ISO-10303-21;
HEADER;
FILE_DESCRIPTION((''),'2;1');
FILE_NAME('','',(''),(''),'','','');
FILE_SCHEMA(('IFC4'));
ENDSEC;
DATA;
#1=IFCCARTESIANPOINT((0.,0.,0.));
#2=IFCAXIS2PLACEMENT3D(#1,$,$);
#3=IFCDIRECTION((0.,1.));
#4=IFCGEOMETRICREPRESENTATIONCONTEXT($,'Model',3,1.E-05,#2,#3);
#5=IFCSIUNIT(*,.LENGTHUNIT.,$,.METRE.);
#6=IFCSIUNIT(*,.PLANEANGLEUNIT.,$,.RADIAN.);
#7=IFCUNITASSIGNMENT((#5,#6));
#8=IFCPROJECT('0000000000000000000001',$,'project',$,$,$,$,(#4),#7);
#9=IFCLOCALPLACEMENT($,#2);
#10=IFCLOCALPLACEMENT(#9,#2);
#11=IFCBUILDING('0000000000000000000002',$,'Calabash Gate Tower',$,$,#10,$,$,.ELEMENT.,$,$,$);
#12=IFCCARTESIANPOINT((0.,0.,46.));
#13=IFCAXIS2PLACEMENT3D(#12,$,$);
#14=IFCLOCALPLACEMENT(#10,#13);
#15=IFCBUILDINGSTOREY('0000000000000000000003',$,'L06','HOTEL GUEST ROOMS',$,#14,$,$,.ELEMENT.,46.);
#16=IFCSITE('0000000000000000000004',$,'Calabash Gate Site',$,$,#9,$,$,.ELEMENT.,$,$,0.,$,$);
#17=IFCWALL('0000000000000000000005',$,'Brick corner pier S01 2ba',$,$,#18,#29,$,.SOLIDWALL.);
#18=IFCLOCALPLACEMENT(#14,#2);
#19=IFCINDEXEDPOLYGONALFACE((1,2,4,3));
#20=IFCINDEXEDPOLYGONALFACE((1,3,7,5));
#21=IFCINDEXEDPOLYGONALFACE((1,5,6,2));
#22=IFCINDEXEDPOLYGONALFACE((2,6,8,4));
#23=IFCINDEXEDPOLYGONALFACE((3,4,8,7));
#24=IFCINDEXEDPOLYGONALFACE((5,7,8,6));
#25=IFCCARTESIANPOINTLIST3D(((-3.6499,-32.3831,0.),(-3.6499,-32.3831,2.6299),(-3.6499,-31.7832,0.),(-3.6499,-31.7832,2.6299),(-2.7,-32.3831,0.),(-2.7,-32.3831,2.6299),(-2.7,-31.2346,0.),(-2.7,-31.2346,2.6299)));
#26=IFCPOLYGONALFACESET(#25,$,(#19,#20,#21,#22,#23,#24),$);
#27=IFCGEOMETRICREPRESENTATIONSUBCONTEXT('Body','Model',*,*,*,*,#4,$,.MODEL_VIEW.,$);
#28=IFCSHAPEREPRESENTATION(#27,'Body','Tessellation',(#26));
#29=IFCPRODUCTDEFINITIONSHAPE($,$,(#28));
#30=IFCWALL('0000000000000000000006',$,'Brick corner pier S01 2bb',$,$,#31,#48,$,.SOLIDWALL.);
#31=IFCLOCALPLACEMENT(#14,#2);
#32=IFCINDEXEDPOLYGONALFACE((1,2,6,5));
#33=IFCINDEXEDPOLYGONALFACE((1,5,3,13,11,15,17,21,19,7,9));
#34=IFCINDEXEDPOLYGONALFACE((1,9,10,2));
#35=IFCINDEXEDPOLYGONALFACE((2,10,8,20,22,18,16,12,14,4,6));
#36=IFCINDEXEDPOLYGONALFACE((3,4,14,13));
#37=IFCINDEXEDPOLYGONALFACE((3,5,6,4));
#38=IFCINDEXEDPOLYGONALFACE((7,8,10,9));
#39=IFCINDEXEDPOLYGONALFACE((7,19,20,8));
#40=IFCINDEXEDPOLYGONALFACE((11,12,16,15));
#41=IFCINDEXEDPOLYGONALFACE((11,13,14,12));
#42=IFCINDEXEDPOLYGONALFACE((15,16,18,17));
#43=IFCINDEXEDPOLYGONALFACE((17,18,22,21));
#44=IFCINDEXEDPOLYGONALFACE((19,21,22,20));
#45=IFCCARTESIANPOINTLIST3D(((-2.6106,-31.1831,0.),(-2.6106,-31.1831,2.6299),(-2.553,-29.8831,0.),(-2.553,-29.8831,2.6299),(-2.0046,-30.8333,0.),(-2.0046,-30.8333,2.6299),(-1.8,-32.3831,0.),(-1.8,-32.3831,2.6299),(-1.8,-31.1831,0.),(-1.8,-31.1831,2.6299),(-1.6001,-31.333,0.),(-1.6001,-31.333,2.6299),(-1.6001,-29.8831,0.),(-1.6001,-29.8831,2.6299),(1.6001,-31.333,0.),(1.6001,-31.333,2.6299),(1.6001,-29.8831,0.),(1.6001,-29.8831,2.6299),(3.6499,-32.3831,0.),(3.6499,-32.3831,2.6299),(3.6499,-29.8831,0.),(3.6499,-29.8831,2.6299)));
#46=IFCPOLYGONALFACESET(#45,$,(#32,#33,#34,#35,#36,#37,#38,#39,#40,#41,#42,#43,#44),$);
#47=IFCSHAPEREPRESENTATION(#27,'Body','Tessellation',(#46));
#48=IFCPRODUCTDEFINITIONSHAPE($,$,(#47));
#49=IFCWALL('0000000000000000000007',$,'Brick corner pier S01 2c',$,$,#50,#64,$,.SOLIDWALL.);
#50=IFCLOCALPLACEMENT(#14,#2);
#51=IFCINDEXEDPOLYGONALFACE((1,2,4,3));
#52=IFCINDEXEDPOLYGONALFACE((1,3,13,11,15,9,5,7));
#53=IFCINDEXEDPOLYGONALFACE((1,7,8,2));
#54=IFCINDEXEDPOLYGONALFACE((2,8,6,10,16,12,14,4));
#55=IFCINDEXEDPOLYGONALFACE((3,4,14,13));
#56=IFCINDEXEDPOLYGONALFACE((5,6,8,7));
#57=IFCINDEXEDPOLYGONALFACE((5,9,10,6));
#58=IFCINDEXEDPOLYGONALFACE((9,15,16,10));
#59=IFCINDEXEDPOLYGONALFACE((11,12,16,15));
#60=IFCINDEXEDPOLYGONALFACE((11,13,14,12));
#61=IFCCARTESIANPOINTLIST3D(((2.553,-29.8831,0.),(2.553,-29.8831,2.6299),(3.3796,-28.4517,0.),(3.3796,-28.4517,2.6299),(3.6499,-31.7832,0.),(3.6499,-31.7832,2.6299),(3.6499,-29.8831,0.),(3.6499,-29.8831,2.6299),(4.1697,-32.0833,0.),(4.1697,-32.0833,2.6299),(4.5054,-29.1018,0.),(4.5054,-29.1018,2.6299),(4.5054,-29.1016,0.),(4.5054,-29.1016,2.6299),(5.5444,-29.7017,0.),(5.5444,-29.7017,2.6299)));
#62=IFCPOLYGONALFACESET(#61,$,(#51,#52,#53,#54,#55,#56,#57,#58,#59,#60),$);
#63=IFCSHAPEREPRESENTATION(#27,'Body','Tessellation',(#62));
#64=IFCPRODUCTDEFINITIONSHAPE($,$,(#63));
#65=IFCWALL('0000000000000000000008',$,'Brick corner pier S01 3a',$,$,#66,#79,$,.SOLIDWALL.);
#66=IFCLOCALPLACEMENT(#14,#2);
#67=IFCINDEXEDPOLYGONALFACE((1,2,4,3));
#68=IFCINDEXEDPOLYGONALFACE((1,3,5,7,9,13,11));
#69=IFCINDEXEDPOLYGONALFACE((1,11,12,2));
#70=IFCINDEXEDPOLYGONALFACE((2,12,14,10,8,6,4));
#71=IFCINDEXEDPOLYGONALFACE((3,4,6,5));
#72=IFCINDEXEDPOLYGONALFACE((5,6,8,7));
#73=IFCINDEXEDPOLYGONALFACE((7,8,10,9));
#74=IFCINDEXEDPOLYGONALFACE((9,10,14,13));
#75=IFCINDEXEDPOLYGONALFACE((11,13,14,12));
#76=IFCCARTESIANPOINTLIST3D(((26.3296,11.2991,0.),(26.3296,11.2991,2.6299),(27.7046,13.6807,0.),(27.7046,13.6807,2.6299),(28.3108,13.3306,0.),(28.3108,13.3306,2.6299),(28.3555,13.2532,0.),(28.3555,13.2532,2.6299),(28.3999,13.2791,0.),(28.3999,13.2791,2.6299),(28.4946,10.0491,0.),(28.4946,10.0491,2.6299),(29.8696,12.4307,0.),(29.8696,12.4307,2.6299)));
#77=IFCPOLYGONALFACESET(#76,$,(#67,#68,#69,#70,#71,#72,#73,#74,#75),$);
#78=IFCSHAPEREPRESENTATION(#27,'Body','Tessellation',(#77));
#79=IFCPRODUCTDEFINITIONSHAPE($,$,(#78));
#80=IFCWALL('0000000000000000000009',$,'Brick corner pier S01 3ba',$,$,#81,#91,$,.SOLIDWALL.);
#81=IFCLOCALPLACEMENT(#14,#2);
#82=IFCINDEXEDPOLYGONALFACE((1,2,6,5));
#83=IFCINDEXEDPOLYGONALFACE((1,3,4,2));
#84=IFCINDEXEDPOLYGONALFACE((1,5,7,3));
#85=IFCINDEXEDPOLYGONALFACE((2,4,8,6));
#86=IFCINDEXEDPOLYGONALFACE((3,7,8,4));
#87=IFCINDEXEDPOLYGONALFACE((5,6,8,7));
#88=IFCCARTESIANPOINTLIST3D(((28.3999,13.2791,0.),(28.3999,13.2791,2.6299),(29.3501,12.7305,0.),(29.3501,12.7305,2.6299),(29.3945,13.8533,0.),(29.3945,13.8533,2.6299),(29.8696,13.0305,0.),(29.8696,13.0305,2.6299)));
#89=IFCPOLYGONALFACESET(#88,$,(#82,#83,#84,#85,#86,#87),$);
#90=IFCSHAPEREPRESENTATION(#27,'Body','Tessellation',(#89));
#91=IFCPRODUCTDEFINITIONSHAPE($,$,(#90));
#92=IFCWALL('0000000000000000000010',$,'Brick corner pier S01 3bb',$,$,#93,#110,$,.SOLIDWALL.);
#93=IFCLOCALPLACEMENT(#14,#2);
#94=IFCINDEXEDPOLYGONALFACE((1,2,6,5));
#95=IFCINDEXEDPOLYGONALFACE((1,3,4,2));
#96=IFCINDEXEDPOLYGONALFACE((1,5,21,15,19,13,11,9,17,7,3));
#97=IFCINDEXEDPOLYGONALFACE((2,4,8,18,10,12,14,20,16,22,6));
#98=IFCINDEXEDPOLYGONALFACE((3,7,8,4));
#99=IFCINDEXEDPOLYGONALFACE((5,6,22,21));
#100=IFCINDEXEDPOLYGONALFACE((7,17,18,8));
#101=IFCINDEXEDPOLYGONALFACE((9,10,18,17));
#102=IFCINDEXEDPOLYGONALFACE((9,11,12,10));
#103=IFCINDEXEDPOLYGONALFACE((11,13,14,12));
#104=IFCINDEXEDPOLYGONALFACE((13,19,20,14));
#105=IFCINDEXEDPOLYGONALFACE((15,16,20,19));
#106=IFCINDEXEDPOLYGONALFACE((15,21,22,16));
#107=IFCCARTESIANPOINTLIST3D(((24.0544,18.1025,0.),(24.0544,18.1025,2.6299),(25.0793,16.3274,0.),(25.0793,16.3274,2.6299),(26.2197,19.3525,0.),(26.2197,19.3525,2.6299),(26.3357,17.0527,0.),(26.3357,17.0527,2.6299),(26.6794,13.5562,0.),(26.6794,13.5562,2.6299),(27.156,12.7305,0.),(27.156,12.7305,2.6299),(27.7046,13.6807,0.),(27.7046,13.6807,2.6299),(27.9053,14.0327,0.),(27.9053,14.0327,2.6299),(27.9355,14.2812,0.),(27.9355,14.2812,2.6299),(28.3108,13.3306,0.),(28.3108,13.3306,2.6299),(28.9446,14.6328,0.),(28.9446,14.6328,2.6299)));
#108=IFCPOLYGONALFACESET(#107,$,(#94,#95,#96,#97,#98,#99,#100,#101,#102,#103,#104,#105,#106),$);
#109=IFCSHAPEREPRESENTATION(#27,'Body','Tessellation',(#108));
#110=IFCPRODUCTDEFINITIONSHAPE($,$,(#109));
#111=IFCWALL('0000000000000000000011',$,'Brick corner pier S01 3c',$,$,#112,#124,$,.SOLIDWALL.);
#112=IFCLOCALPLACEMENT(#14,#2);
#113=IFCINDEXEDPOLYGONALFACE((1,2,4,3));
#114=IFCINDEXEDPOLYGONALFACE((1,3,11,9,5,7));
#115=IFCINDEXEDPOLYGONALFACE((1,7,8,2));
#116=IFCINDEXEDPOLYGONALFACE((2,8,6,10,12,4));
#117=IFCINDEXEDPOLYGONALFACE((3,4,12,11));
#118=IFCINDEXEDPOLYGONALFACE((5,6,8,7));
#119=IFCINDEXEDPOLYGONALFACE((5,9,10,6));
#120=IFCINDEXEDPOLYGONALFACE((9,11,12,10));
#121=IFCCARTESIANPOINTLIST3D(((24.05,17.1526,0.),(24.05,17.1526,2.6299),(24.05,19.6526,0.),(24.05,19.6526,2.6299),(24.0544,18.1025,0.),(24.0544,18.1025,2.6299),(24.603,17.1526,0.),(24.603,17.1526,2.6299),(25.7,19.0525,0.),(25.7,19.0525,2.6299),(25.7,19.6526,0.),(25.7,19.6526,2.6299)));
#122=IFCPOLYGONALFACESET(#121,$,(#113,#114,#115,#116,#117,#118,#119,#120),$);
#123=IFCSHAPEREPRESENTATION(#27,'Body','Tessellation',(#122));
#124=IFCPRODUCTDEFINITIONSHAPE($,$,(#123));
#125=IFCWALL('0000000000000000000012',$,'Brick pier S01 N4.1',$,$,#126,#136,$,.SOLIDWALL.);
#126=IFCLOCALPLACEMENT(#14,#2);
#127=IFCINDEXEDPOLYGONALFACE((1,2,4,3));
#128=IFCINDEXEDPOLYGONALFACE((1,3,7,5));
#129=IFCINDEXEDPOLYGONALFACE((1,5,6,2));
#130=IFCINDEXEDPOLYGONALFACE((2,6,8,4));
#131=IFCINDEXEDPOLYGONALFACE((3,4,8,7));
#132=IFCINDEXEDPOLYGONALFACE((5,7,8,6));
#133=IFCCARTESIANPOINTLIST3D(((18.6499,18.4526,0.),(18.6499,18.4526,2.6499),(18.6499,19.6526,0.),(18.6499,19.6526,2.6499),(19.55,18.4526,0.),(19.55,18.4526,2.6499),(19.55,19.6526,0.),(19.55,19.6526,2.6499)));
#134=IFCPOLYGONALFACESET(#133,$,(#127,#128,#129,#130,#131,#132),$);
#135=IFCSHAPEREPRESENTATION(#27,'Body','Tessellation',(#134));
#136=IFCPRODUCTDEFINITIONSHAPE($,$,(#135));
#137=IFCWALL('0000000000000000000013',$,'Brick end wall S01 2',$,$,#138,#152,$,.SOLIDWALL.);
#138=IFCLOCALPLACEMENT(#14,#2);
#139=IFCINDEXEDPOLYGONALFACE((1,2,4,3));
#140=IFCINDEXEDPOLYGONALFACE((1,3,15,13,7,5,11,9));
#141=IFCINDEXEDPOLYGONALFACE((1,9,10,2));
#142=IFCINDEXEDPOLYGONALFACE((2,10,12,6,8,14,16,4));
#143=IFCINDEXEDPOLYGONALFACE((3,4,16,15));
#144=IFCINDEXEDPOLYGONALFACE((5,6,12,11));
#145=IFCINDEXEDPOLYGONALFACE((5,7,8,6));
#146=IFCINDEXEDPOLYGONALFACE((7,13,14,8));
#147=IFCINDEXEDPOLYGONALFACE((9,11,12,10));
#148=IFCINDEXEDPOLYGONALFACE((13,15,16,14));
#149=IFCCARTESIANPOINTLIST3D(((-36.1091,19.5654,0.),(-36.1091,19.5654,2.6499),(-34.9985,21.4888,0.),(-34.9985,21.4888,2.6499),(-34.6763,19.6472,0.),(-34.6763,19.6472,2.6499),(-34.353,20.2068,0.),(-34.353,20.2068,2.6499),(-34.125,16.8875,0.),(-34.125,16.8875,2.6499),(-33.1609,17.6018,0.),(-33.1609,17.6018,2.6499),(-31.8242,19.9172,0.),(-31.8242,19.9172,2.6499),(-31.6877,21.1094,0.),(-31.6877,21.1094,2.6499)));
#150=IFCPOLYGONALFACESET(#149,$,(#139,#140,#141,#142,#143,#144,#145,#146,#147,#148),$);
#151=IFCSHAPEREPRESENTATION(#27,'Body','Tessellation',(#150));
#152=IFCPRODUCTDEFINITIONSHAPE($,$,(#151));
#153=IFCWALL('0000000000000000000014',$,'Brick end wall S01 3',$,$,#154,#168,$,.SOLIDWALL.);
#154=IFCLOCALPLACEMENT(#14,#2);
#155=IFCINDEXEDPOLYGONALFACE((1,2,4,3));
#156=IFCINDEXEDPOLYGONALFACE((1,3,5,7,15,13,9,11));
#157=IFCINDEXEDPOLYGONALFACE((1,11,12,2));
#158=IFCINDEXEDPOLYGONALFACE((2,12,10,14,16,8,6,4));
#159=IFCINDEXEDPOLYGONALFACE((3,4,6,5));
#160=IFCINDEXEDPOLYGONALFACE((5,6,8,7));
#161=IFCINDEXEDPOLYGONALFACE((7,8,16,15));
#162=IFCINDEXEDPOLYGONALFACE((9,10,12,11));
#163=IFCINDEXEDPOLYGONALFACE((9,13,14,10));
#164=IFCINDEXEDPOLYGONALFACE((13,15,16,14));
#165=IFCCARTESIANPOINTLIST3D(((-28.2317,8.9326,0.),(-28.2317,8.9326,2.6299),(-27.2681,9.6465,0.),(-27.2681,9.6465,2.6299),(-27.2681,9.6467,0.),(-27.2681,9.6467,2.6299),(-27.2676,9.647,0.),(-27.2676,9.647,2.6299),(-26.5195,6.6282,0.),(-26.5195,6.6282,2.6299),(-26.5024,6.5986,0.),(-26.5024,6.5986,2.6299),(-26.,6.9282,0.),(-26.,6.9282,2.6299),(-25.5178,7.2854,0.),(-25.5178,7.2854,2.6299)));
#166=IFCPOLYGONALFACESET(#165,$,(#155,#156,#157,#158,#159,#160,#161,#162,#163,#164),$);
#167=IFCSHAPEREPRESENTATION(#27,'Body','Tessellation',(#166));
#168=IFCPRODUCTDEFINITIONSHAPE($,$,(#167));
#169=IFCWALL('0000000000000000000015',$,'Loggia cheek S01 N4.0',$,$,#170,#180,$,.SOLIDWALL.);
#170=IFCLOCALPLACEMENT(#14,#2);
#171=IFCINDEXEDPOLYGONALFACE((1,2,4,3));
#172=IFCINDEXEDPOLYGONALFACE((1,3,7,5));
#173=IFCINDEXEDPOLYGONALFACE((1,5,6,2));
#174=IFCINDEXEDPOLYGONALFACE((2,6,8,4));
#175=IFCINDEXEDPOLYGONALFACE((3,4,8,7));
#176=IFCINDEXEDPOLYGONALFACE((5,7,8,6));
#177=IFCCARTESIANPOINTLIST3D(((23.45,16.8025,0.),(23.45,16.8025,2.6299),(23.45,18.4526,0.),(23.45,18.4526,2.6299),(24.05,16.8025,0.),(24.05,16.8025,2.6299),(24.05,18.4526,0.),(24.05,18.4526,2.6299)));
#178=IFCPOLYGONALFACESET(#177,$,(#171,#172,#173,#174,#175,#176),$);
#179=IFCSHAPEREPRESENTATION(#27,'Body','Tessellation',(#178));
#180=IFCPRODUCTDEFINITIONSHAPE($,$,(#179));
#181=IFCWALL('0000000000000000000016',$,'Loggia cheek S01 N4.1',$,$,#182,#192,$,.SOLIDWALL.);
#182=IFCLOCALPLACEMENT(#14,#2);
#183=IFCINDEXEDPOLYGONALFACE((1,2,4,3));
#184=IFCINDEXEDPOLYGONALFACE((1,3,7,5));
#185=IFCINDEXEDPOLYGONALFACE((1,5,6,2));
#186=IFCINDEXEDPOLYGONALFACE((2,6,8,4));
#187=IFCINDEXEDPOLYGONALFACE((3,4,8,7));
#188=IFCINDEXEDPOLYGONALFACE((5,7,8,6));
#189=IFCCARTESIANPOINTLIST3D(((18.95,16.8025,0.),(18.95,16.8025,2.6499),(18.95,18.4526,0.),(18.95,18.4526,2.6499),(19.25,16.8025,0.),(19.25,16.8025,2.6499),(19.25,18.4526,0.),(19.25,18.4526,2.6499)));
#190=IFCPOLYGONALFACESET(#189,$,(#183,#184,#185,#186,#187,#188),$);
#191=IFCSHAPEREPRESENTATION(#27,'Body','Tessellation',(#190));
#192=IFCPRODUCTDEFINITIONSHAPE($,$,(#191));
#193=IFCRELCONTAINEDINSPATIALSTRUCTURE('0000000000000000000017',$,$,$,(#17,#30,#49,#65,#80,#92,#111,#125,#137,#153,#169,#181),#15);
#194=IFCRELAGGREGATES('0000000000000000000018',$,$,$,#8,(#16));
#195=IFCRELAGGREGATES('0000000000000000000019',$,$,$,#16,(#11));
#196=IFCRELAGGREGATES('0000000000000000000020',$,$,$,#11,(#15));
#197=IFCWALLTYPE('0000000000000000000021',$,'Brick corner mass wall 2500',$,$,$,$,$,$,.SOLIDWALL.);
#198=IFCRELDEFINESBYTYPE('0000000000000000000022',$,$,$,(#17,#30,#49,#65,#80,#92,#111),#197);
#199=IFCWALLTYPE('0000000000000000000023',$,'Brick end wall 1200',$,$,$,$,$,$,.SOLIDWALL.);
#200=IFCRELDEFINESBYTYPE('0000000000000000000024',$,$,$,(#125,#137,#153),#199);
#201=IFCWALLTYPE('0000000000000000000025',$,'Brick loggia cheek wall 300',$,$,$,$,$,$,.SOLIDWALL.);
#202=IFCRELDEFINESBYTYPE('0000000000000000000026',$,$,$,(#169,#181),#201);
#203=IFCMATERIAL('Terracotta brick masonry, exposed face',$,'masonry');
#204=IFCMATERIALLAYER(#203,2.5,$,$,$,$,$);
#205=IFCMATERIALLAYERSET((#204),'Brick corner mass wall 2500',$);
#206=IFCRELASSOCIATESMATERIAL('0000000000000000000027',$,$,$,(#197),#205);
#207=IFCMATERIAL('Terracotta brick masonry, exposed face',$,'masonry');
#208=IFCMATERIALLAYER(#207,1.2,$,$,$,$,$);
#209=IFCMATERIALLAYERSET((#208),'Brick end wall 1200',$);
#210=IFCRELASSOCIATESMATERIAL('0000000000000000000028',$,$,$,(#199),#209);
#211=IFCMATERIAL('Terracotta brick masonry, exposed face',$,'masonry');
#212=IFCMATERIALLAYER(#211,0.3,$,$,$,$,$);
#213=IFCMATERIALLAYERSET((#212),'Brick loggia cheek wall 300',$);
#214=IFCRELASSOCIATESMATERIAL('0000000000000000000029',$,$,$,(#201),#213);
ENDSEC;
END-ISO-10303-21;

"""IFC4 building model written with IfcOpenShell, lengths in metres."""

from ifc_helpers import new_model, si_unit, direction, frame, origin, place, context, subcontext, project, spatial, polyline, outline, extrude, material, layer, layer_set, type_object, element, save


model = new_model("IFC4")

# Units and contexts
model_context = context("Model", 3, precision=1e-05, world=origin(), true_north=direction((0.0, 1.0)))
body_context = subcontext(model_context, "Body", "Model", "MODEL_VIEW")
ifc_project = project(units=[si_unit("LENGTHUNIT", "METRE"), si_unit("PLANEANGLEUNIT", "RADIAN")], contexts=[model_context])

# Site, building, storey
site_placement = place(None, origin())
site = spatial("IfcSite", under=ifc_project, at=site_placement, Name="Calabash Gate Site", CompositionType="ELEMENT", RefElevation=0.0)
building_placement = place(site_placement, origin())
building = spatial("IfcBuilding", under=site, at=building_placement, Name="Calabash Gate Tower", CompositionType="ELEMENT")
storey_placement = place(building_placement, frame((0.0, 0.0, 46.0)))
storey = spatial("IfcBuildingStorey", under=building, at=storey_placement, Name="L06", Description="HOTEL GUEST ROOMS", CompositionType="ELEMENT", Elevation=46.0)

# Walls
ifc_material_1 = material(Name="Terracotta brick masonry, exposed face", Category="masonry")
ifc_layer_1 = layer(ifc_material_1, 2.5)
ifc_layer_set_1 = layer_set([ifc_layer_1], Name="Brick corner mass wall 2500")
wall_type_1 = type_object("IfcWallType", Name="Brick corner mass wall 2500", PredefinedType="SOLIDWALL", material=ifc_layer_set_1)
wall_1_placement = place(storey_placement, origin())
element("IfcWall", 1, at=wall_1_placement, inside=storey, type_object=wall_type_1, Name="Brick corner pier S01 2ba", PredefinedType="SOLIDWALL", context=body_context, shape_type="SweptSolid", body=[
    extrude(outline(polyline([(-3.6499, -31.7832), (-3.6499, -32.3831), (-2.7, -32.3831), (-2.7, -31.2346), (-3.6499, -31.7832)])), origin(), (0.0, 0.0, 1.0), 2.6299),
])
wall_2_placement = place(storey_placement, origin())
element("IfcWall", 2, at=wall_2_placement, inside=storey, type_object=wall_type_1, Name="Brick corner pier S01 2bb", PredefinedType="SOLIDWALL", context=body_context, shape_type="SweptSolid", body=[
    extrude(outline(polyline([(-1.8, -31.1831), (-1.8, -32.3831), (3.6499, -32.3831), (3.6499, -29.8831), (1.6001, -29.8831), (1.6001, -31.333), (-1.6001, -31.333), (-1.6001, -29.8831), (-2.553, -29.8831), (-2.0046, -30.8333), (-2.6106, -31.1831), (-1.8, -31.1831)])), origin(), (0.0, 0.0, 1.0), 2.6299),
])
wall_3_placement = place(storey_placement, origin())
element("IfcWall", 3, at=wall_3_placement, inside=storey, type_object=wall_type_1, Name="Brick corner pier S01 2c", PredefinedType="SOLIDWALL", context=body_context, shape_type="SweptSolid", body=[
    extrude(outline(polyline([(4.5054, -29.1016), (3.3796, -28.4517), (2.553, -29.8831), (3.6499, -29.8831), (3.6499, -31.7832), (4.1697, -32.0833), (5.5444, -29.7017), (4.5054, -29.1018), (4.5054, -29.1016)])), origin(), (0.0, 0.0, 1.0), 2.6299),
])
wall_4_placement = place(storey_placement, origin())
element("IfcWall", 4, at=wall_4_placement, inside=storey, type_object=wall_type_1, Name="Brick corner pier S01 3a", PredefinedType="SOLIDWALL", context=body_context, shape_type="SweptSolid", body=[
    extrude(outline(polyline([(28.4946, 10.0491), (29.8696, 12.4307), (28.3999, 13.2791), (28.3555, 13.2532), (28.3108, 13.3306), (27.7046, 13.6807), (26.3296, 11.2991), (28.4946, 10.0491)])), origin(), (0.0, 0.0, 1.0), 2.6299),
])
wall_5_placement = place(storey_placement, origin())
element("IfcWall", 5, at=wall_5_placement, inside=storey, type_object=wall_type_1, Name="Brick corner pier S01 3ba", PredefinedType="SOLIDWALL", context=body_context, shape_type="SweptSolid", body=[
    extrude(outline(polyline([(29.3501, 12.7305), (29.8696, 13.0305), (29.3945, 13.8533), (28.3999, 13.2791), (29.3501, 12.7305)])), origin(), (0.0, 0.0, 1.0), 2.6299),
])
wall_6_placement = place(storey_placement, origin())
element("IfcWall", 6, at=wall_6_placement, inside=storey, type_object=wall_type_1, Name="Brick corner pier S01 3bb", PredefinedType="SOLIDWALL", context=body_context, shape_type="SweptSolid", body=[
    extrude(outline(polyline([(27.9355, 14.2812), (26.6794, 13.5562), (27.156, 12.7305), (27.7046, 13.6807), (28.3108, 13.3306), (27.9053, 14.0327), (28.9446, 14.6328), (26.2197, 19.3525), (24.0544, 18.1025), (25.0793, 16.3274), (26.3357, 17.0527), (27.9355, 14.2812)])), origin(), (0.0, 0.0, 1.0), 2.6299),
])
wall_7_placement = place(storey_placement, origin())
element("IfcWall", 7, at=wall_7_placement, inside=storey, type_object=wall_type_1, Name="Brick corner pier S01 3c", PredefinedType="SOLIDWALL", context=body_context, shape_type="SweptSolid", body=[
    extrude(outline(polyline([(24.05, 19.6526), (24.05, 17.1526), (24.603, 17.1526), (24.0544, 18.1025), (25.7, 19.0525), (25.7, 19.6526), (24.05, 19.6526)])), origin(), (0.0, 0.0, 1.0), 2.6299),
])
ifc_material_2 = material(Name="Terracotta brick masonry, exposed face", Category="masonry")
ifc_layer_2 = layer(ifc_material_2, 1.2)
ifc_layer_set_2 = layer_set([ifc_layer_2], Name="Brick end wall 1200")
wall_type_2 = type_object("IfcWallType", Name="Brick end wall 1200", PredefinedType="SOLIDWALL", material=ifc_layer_set_2)
wall_8_placement = place(storey_placement, origin())
element("IfcWall", 8, at=wall_8_placement, inside=storey, type_object=wall_type_2, Name="Brick pier S01 N4.1", PredefinedType="SOLIDWALL", context=body_context, shape_type="SweptSolid", body=[
    extrude(outline(polyline([(19.55, 19.6526), (18.6499, 19.6526), (18.6499, 18.4526), (19.55, 18.4526), (19.55, 19.6526)])), origin(), (0.0, 0.0, 1.0), 2.6499),
])
wall_9_placement = place(storey_placement, origin())
element("IfcWall", 9, at=wall_9_placement, inside=storey, type_object=wall_type_2, Name="Brick end wall S01 2", PredefinedType="SOLIDWALL", context=body_context, shape_type="SweptSolid", body=[
    extrude(outline(polyline([(-31.6877, 21.1094), (-34.9985, 21.4888), (-36.1091, 19.5654), (-34.125, 16.8875), (-33.1609, 17.6018), (-34.6763, 19.6472), (-34.353, 20.2068), (-31.8242, 19.9172), (-31.6877, 21.1094)])), origin(), (0.0, 0.0, 1.0), 2.6499),
])
wall_10_placement = place(storey_placement, origin())
element("IfcWall", 10, at=wall_10_placement, inside=storey, type_object=wall_type_2, Name="Brick end wall S01 3", PredefinedType="SOLIDWALL", context=body_context, shape_type="SweptSolid", body=[
    extrude(outline(polyline([(-25.5178, 7.2854), (-27.2676, 9.647), (-27.2681, 9.6467), (-27.2681, 9.6465), (-28.2317, 8.9326), (-26.5024, 6.5986), (-26.5195, 6.6282), (-26.0, 6.9282), (-25.5178, 7.2854)])), origin(), (0.0, 0.0, 1.0), 2.6299),
])
ifc_material_3 = material(Name="Terracotta brick masonry, exposed face", Category="masonry")
ifc_layer_3 = layer(ifc_material_3, 0.3)
ifc_layer_set_3 = layer_set([ifc_layer_3], Name="Brick loggia cheek wall 300")
wall_type_3 = type_object("IfcWallType", Name="Brick loggia cheek wall 300", PredefinedType="SOLIDWALL", material=ifc_layer_set_3)
wall_11_placement = place(storey_placement, origin())
element("IfcWall", 11, at=wall_11_placement, inside=storey, type_object=wall_type_3, Name="Loggia cheek S01 N4.0", PredefinedType="SOLIDWALL", context=body_context, shape_type="SweptSolid", body=[
    extrude(outline(polyline([(24.05, 16.8025), (24.05, 18.4526), (23.45, 18.4526), (23.45, 16.8025), (24.05, 16.8025)])), origin(), (0.0, 0.0, 1.0), 2.6299),
])
wall_12_placement = place(storey_placement, origin())
element("IfcWall", 12, at=wall_12_placement, inside=storey, type_object=wall_type_3, Name="Loggia cheek S01 N4.1", PredefinedType="SOLIDWALL", context=body_context, shape_type="SweptSolid", body=[
    extrude(outline(polyline([(18.95, 18.4526), (18.95, 16.8025), (19.25, 16.8025), (19.25, 18.4526), (18.95, 18.4526)])), origin(), (0.0, 0.0, 1.0), 2.6499),
])

save(model, "model.ifc")
